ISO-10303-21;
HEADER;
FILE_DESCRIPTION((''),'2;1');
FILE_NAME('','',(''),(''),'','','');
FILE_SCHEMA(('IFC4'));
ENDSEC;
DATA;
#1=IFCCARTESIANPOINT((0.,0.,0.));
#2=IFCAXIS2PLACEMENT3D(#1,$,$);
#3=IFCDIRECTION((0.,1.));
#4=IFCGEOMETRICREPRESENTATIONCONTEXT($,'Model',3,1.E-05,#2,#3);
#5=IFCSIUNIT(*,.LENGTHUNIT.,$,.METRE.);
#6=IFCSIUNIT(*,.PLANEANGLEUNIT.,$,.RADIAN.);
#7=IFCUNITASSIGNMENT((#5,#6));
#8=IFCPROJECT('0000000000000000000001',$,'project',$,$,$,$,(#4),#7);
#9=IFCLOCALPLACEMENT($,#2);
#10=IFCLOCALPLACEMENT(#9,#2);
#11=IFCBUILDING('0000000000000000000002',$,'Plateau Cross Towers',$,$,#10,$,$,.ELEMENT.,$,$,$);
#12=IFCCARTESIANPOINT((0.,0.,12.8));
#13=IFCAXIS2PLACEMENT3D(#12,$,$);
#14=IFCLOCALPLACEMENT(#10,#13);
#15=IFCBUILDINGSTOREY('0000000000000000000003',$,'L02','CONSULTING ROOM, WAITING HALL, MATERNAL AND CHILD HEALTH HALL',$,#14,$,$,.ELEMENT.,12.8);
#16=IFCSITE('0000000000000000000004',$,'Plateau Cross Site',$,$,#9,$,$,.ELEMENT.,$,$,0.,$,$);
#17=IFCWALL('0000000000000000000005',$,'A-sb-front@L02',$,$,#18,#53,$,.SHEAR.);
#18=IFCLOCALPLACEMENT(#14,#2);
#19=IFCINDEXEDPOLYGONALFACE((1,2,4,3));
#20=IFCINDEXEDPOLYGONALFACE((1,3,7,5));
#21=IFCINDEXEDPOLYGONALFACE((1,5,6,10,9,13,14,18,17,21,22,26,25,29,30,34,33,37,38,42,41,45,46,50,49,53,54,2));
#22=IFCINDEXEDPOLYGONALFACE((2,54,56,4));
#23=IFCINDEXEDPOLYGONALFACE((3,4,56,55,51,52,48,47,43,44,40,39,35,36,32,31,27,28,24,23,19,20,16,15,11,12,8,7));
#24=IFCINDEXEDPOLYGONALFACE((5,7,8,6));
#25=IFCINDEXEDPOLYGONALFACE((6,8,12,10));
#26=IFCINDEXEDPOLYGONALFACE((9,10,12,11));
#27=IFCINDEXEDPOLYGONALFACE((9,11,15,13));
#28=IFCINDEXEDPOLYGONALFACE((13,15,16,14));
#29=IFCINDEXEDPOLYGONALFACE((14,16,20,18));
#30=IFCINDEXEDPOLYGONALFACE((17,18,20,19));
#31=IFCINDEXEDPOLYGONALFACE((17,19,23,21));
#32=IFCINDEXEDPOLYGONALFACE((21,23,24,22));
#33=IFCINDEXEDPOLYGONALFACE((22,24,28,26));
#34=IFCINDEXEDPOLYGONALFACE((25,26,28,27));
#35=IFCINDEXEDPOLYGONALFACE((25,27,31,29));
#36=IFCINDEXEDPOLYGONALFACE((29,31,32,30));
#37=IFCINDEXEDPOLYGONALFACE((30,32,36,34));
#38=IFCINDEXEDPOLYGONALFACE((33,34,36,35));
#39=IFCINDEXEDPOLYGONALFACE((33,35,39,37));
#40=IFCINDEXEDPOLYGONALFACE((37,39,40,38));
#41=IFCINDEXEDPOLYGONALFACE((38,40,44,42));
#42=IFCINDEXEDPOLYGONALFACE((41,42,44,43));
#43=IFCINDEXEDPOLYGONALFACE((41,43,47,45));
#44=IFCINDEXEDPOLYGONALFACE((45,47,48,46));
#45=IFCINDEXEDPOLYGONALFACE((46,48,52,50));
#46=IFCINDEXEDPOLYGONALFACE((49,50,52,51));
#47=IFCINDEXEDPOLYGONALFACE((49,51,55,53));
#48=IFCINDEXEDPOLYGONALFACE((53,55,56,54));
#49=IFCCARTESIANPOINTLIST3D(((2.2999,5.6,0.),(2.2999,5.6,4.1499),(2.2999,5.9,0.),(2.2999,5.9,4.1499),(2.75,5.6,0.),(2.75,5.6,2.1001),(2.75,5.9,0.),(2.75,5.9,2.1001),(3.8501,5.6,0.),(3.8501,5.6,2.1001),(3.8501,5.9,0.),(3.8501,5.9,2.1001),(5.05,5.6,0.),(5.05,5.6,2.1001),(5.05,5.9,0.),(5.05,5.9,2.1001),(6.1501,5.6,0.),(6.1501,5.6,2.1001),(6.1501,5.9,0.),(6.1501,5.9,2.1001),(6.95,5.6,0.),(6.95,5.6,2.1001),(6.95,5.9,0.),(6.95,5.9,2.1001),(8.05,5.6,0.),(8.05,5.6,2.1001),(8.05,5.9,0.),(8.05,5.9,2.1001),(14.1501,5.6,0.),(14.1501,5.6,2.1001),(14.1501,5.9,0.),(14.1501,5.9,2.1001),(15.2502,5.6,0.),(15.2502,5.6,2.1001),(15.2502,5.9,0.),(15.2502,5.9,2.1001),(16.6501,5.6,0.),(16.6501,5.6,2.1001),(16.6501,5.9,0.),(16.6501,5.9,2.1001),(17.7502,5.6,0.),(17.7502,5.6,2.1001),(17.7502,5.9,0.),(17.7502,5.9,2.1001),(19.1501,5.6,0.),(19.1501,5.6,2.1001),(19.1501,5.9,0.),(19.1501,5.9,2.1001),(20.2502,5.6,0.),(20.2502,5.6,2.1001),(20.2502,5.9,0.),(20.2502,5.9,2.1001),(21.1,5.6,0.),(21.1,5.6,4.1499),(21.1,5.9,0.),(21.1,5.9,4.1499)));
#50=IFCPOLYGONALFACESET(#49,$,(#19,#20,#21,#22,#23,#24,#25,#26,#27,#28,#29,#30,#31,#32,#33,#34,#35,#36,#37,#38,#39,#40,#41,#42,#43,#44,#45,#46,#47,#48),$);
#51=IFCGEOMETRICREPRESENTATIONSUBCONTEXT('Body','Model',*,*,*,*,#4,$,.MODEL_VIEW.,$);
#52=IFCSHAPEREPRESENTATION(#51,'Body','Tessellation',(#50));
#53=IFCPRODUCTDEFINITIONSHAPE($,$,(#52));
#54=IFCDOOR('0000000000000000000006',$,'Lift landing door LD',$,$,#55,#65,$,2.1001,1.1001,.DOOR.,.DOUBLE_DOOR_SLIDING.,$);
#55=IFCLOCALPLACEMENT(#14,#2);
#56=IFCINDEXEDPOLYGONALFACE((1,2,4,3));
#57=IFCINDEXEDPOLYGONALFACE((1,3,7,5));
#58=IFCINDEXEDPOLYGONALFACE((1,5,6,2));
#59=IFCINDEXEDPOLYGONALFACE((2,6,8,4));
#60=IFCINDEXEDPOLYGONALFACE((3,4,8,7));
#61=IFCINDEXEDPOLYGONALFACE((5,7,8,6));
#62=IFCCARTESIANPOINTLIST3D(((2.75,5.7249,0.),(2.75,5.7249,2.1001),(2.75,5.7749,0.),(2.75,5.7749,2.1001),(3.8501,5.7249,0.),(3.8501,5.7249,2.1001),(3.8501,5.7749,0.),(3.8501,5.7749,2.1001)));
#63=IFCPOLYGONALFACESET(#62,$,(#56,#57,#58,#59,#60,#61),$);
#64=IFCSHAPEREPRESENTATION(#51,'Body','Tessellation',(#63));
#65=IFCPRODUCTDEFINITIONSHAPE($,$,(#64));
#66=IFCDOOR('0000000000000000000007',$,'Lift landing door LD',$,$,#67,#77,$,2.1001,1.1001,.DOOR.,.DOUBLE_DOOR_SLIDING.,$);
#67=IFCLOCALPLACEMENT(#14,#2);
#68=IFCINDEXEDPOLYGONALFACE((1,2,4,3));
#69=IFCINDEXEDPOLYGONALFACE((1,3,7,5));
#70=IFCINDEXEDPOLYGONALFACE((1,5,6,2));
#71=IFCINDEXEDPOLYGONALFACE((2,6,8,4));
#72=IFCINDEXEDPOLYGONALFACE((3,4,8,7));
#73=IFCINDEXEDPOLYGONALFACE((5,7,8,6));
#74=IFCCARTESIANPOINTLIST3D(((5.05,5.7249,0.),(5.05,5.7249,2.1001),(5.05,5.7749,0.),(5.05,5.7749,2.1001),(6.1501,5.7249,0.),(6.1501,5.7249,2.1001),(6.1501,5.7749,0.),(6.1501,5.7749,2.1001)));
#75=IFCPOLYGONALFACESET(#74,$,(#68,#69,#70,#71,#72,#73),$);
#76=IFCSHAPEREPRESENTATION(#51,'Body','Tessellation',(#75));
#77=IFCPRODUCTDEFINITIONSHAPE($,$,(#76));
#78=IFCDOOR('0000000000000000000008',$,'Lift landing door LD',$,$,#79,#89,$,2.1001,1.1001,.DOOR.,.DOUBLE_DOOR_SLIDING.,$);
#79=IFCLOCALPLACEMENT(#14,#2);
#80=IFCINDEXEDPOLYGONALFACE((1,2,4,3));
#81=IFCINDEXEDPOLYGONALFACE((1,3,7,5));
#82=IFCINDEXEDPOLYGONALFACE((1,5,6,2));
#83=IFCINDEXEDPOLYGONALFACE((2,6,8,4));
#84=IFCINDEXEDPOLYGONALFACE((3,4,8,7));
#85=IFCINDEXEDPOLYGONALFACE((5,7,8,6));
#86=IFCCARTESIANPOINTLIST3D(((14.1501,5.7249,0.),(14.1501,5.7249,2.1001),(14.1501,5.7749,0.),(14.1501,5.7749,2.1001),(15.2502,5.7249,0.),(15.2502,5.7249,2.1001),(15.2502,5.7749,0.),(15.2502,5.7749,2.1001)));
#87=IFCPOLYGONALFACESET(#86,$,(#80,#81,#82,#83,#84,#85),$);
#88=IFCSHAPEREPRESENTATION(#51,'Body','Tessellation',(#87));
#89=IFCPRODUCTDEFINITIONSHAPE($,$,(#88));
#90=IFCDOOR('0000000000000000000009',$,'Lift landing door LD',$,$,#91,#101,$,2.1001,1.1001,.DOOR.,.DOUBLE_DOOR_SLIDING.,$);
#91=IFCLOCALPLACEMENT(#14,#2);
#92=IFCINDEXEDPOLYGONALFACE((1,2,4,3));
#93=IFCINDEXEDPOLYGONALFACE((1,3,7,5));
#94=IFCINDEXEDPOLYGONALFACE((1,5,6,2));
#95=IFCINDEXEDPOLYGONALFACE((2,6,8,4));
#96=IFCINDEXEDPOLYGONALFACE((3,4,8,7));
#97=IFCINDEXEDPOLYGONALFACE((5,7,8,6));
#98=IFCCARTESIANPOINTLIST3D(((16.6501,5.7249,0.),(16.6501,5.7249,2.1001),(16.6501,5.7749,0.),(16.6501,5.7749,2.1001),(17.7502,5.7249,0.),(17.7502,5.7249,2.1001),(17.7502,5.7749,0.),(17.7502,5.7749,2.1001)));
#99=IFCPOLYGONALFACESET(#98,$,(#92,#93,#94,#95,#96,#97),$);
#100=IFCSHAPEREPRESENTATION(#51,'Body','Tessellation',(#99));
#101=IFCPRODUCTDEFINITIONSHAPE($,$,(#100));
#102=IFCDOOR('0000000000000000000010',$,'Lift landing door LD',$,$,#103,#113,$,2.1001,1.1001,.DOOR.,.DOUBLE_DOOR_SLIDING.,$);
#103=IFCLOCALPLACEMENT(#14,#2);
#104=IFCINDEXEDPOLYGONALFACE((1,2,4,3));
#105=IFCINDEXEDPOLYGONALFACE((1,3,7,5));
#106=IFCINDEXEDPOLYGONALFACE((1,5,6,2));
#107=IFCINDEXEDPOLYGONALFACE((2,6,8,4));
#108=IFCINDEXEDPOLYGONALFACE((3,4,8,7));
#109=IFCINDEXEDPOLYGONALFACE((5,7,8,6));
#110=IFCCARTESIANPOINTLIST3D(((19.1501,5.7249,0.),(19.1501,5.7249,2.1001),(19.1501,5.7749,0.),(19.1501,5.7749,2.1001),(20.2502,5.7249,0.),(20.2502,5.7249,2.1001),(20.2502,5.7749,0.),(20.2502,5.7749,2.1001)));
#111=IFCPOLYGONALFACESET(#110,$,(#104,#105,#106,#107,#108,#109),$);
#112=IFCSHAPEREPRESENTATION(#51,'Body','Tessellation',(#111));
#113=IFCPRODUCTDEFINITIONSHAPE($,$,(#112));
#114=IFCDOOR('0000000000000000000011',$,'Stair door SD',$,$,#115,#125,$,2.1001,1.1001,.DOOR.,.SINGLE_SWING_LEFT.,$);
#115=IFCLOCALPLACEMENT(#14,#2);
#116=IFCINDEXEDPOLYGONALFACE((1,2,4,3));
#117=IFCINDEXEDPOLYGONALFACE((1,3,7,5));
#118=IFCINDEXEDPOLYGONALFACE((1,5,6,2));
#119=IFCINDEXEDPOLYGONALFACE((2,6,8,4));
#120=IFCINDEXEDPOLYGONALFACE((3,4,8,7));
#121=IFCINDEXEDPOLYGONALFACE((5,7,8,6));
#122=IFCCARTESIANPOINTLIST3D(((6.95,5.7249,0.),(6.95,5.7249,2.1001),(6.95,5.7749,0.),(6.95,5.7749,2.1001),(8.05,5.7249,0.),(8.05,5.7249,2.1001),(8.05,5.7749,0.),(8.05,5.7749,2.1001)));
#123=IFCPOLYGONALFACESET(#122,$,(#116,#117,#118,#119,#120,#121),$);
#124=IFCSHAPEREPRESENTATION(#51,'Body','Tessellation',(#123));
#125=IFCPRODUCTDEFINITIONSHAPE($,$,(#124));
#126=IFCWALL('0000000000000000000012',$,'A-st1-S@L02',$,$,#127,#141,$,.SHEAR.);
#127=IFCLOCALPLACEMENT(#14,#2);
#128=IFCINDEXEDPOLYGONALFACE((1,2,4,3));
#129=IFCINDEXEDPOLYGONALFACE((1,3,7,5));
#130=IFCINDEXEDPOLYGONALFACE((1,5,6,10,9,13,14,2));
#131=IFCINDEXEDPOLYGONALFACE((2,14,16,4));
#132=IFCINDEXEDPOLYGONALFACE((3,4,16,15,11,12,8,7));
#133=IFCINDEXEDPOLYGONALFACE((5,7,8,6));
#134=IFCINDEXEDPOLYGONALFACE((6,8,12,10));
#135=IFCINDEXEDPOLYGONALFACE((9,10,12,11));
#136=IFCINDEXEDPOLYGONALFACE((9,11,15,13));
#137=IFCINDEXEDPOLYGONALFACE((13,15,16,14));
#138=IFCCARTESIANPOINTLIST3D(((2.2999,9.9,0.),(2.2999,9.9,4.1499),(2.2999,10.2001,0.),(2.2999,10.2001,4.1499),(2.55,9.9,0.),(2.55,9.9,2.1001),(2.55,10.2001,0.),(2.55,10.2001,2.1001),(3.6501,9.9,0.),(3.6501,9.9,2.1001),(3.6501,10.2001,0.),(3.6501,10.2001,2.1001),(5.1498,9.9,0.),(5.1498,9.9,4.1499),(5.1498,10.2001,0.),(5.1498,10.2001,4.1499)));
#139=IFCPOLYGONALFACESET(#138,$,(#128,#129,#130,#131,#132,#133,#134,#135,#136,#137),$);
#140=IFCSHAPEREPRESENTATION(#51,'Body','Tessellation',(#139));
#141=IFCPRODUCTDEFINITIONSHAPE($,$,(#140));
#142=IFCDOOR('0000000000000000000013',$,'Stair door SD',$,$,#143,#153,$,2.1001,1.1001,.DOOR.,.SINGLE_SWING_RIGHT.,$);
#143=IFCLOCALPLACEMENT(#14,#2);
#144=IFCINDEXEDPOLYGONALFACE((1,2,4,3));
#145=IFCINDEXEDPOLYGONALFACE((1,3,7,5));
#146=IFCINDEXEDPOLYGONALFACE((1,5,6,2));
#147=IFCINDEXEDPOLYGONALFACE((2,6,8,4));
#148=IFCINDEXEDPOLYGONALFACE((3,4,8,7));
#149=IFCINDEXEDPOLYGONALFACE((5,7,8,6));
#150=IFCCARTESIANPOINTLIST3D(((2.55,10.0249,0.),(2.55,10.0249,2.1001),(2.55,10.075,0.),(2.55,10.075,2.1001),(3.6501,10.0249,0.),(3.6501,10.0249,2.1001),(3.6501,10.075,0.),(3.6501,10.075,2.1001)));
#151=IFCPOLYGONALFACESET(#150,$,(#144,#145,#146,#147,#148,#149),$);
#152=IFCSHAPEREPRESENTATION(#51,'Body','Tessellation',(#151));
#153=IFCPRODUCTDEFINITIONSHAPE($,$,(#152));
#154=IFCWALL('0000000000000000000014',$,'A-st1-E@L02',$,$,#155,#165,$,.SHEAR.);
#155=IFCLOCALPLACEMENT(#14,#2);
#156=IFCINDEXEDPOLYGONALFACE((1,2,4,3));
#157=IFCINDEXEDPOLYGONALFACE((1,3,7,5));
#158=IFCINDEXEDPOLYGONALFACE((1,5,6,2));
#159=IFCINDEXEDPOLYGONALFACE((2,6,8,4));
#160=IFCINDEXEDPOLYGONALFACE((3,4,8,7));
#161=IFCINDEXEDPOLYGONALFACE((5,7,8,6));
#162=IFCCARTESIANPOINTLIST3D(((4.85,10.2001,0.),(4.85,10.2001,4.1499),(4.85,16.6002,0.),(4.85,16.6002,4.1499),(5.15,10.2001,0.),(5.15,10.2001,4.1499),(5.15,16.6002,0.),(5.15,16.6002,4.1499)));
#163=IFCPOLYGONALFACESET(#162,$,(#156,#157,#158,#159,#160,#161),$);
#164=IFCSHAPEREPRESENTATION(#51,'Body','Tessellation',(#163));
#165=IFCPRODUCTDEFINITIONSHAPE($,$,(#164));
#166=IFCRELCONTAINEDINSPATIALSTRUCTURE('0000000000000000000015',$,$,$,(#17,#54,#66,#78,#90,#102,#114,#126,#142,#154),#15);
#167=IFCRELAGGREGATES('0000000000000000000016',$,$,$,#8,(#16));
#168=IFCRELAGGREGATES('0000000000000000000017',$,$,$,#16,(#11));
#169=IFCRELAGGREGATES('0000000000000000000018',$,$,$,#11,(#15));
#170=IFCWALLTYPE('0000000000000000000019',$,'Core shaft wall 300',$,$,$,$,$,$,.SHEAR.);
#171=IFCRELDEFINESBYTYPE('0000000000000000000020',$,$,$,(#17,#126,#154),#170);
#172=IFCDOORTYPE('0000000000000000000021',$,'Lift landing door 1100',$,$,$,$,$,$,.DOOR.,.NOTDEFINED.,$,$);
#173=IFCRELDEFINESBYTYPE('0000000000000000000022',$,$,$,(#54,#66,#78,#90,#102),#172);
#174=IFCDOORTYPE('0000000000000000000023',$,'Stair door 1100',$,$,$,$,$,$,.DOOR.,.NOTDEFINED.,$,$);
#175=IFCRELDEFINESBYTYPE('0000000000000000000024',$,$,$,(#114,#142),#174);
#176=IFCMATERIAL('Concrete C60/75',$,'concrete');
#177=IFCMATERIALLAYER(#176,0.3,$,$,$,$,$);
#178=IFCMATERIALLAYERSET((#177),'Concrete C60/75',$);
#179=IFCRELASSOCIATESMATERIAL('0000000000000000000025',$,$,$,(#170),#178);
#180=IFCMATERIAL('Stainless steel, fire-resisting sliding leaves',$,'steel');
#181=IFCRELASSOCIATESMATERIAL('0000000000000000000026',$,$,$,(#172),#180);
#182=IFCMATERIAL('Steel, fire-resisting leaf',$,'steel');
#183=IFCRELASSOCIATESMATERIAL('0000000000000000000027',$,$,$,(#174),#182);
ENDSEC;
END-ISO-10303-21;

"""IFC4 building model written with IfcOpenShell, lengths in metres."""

from ifc_helpers import new_model, si_unit, direction, frame, frame_2d, origin, place, context, subcontext, project, spatial, rectangle, extrude, material, layer, layer_set, type_object, element, fill, save


model = new_model("IFC4")

# Units and contexts
model_context = context("Model", 3, precision=1e-05, world=origin(), true_north=direction((0.0, 1.0)))
body_context = subcontext(model_context, "Body", "Model", "MODEL_VIEW")
ifc_project = project(units=[si_unit("LENGTHUNIT", "METRE"), si_unit("PLANEANGLEUNIT", "RADIAN")], contexts=[model_context])

# Site, building, storey
site_placement = place(None, origin())
site = spatial("IfcSite", under=ifc_project, at=site_placement, Name="Plateau Cross Site", CompositionType="ELEMENT", RefElevation=0.0)
building_placement = place(site_placement, origin())
building = spatial("IfcBuilding", under=site, at=building_placement, Name="Plateau Cross Towers", CompositionType="ELEMENT")
storey_placement = place(building_placement, frame((0.0, 0.0, 12.8)))
storey = spatial("IfcBuildingStorey", under=building, at=storey_placement, Name="L02", Description="CONSULTING ROOM, WAITING HALL, MATERNAL AND CHILD HEALTH HALL", CompositionType="ELEMENT", Elevation=12.8)

# Shared definitions
ifc_material_1 = material(Name="Steel, fire-resisting leaf", Category="steel")

# Shared definitions
ifc_material_2 = material(Name="Concrete C60/75", Category="concrete")
ifc_layer_1 = layer(ifc_material_2, 0.3)
ifc_layer_set_1 = layer_set([ifc_layer_1], Name="Concrete C60/75")
wall_type_1 = type_object("IfcWallType", Name="Core shaft wall 300", PredefinedType="SHEAR", material=ifc_layer_set_1)

# Wall, openings, doors
wall_1_placement = place(storey_placement, frame((2.3, 5.75, 0.0), z_axis=(0.0, 0.0, 1.0), x_axis=(1.0, 0.0, 0.0)))
wall_1 = element("IfcWall", 1, at=wall_1_placement, inside=storey, type_object=wall_type_1, Name="A-sb-front@L02", PredefinedType="SHEAR", context=body_context, shape_type="SweptSolid", body=[
    extrude(rectangle(XDim=18.8, YDim=0.3, at=frame_2d((9.3999, 0.0))), origin(), (0.0, 0.0, 1.0), 4.1499),
])
opening_1_placement = place(wall_1_placement, frame((4.6499, 0.0, 0.0)))
opening_1 = element("IfcOpeningElement", 2, at=opening_1_placement, cuts=wall_1, PredefinedType="OPENING", context=body_context, shape_type="SweptSolid", body=[
    extrude(rectangle(XDim=1.1001, YDim=2.1001, at=frame_2d((0.55, 1.05))), frame((0.0, 0.1599, 0.0), z_axis=(0.0, -1.0, 0.0), x_axis=(1.0, 0.0, 0.0)), (0.0, 0.0, 1.0), 0.3201),
])
opening_2_placement = place(wall_1_placement, frame((0.45, 0.0, 0.0)))
opening_2 = element("IfcOpeningElement", 3, at=opening_2_placement, cuts=wall_1, PredefinedType="OPENING", context=body_context, shape_type="SweptSolid", body=[
    extrude(rectangle(XDim=1.1001, YDim=2.1001, at=frame_2d((0.55, 1.05))), frame((0.0, 0.1599, 0.0), z_axis=(0.0, -1.0, 0.0), x_axis=(1.0, 0.0, 0.0)), (0.0, 0.0, 1.0), 0.3201),
])
opening_3_placement = place(wall_1_placement, frame((2.75, 0.0, 0.0)))
opening_3 = element("IfcOpeningElement", 4, at=opening_3_placement, cuts=wall_1, PredefinedType="OPENING", context=body_context, shape_type="SweptSolid", body=[
    extrude(rectangle(XDim=1.1001, YDim=2.1001, at=frame_2d((0.55, 1.05))), frame((0.0, 0.1599, 0.0), z_axis=(0.0, -1.0, 0.0), x_axis=(1.0, 0.0, 0.0)), (0.0, 0.0, 1.0), 0.3201),
])
opening_4_placement = place(wall_1_placement, frame((11.8501, 0.0, 0.0)))
opening_4 = element("IfcOpeningElement", 5, at=opening_4_placement, cuts=wall_1, PredefinedType="OPENING", context=body_context, shape_type="SweptSolid", body=[
    extrude(rectangle(XDim=1.1001, YDim=2.1001, at=frame_2d((0.55, 1.05))), frame((0.0, 0.1599, 0.0), z_axis=(0.0, -1.0, 0.0), x_axis=(1.0, 0.0, 0.0)), (0.0, 0.0, 1.0), 0.3201),
])
opening_5_placement = place(wall_1_placement, frame((14.3501, 0.0, 0.0)))
opening_5 = element("IfcOpeningElement", 6, at=opening_5_placement, cuts=wall_1, PredefinedType="OPENING", context=body_context, shape_type="SweptSolid", body=[
    extrude(rectangle(XDim=1.1001, YDim=2.1001, at=frame_2d((0.55, 1.05))), frame((0.0, 0.1599, 0.0), z_axis=(0.0, -1.0, 0.0), x_axis=(1.0, 0.0, 0.0)), (0.0, 0.0, 1.0), 0.3201),
])
opening_6_placement = place(wall_1_placement, frame((16.8501, 0.0, 0.0)))
opening_6 = element("IfcOpeningElement", 7, at=opening_6_placement, cuts=wall_1, PredefinedType="OPENING", context=body_context, shape_type="SweptSolid", body=[
    extrude(rectangle(XDim=1.1001, YDim=2.1001, at=frame_2d((0.55, 1.05))), frame((0.0, 0.1599, 0.0), z_axis=(0.0, -1.0, 0.0), x_axis=(1.0, 0.0, 0.0)), (0.0, 0.0, 1.0), 0.3201),
])
ifc_material_3 = material(Name="Stainless steel, fire-resisting sliding leaves", Category="steel")
door_type_1 = type_object("IfcDoorType", Name="Lift landing door 1100", OperationType="NOTDEFINED", PredefinedType="DOOR", material=ifc_material_3)
door_1_placement = place(opening_2_placement, origin())
door_1 = element("IfcDoor", 8, at=door_1_placement, inside=storey, type_object=door_type_1, Name="Lift landing door LD", OperationType="DOUBLE_DOOR_SLIDING", OverallHeight=2.1001, OverallWidth=1.1001, PredefinedType="DOOR", context=body_context, shape_type="SweptSolid", body=[
    extrude(rectangle(XDim=1.1001, YDim=2.1001, at=frame_2d((0.55, 1.05))), frame((0.0, 0.0249, 0.0), z_axis=(0.0, -1.0, 0.0), x_axis=(1.0, 0.0, 0.0)), (0.0, 0.0, 1.0), 0.05),
])
fill(opening_2, door_1)
door_2_placement = place(opening_3_placement, origin())
door_2 = element("IfcDoor", 9, at=door_2_placement, inside=storey, type_object=door_type_1, Name="Lift landing door LD", OperationType="DOUBLE_DOOR_SLIDING", OverallHeight=2.1001, OverallWidth=1.1001, PredefinedType="DOOR", context=body_context, shape_type="SweptSolid", body=[
    extrude(rectangle(XDim=1.1001, YDim=2.1001, at=frame_2d((0.55, 1.05))), frame((0.0, 0.0249, 0.0), z_axis=(0.0, -1.0, 0.0), x_axis=(1.0, 0.0, 0.0)), (0.0, 0.0, 1.0), 0.05),
])
fill(opening_3, door_2)
door_3_placement = place(opening_4_placement, origin())
door_3 = element("IfcDoor", 10, at=door_3_placement, inside=storey, type_object=door_type_1, Name="Lift landing door LD", OperationType="DOUBLE_DOOR_SLIDING", OverallHeight=2.1001, OverallWidth=1.1001, PredefinedType="DOOR", context=body_context, shape_type="SweptSolid", body=[
    extrude(rectangle(XDim=1.1001, YDim=2.1001, at=frame_2d((0.55, 1.05))), frame((0.0, 0.0249, 0.0), z_axis=(0.0, -1.0, 0.0), x_axis=(1.0, 0.0, 0.0)), (0.0, 0.0, 1.0), 0.05),
])
fill(opening_4, door_3)
door_4_placement = place(opening_5_placement, origin())
door_4 = element("IfcDoor", 11, at=door_4_placement, inside=storey, type_object=door_type_1, Name="Lift landing door LD", OperationType="DOUBLE_DOOR_SLIDING", OverallHeight=2.1001, OverallWidth=1.1001, PredefinedType="DOOR", context=body_context, shape_type="SweptSolid", body=[
    extrude(rectangle(XDim=1.1001, YDim=2.1001, at=frame_2d((0.55, 1.05))), frame((0.0, 0.0249, 0.0), z_axis=(0.0, -1.0, 0.0), x_axis=(1.0, 0.0, 0.0)), (0.0, 0.0, 1.0), 0.05),
])
fill(opening_5, door_4)
door_5_placement = place(opening_6_placement, origin())
door_5 = element("IfcDoor", 12, at=door_5_placement, inside=storey, type_object=door_type_1, Name="Lift landing door LD", OperationType="DOUBLE_DOOR_SLIDING", OverallHeight=2.1001, OverallWidth=1.1001, PredefinedType="DOOR", context=body_context, shape_type="SweptSolid", body=[
    extrude(rectangle(XDim=1.1001, YDim=2.1001, at=frame_2d((0.55, 1.05))), frame((0.0, 0.0249, 0.0), z_axis=(0.0, -1.0, 0.0), x_axis=(1.0, 0.0, 0.0)), (0.0, 0.0, 1.0), 0.05),
])
fill(opening_6, door_5)
door_type_2 = type_object("IfcDoorType", Name="Stair door 1100", OperationType="NOTDEFINED", PredefinedType="DOOR", material=ifc_material_1)
door_6_placement = place(opening_1_placement, origin())
door_6 = element("IfcDoor", 13, at=door_6_placement, inside=storey, type_object=door_type_2, Name="Stair door SD", OperationType="SINGLE_SWING_LEFT", OverallHeight=2.1001, OverallWidth=1.1001, PredefinedType="DOOR", context=body_context, shape_type="SweptSolid", body=[
    extrude(rectangle(XDim=1.1001, YDim=2.1001, at=frame_2d((0.55, 1.05))), frame((0.0, 0.0249, 0.0), z_axis=(0.0, -1.0, 0.0), x_axis=(1.0, 0.0, 0.0)), (0.0, 0.0, 1.0), 0.05),
])
fill(opening_1, door_6)

# Wall, opening, door
wall_2_placement = place(storey_placement, frame((2.3, 10.05, 0.0), z_axis=(0.0, 0.0, 1.0), x_axis=(1.0, 0.0, 0.0)))
wall_2 = element("IfcWall", 14, at=wall_2_placement, inside=storey, type_object=wall_type_1, Name="A-st1-S@L02", PredefinedType="SHEAR", context=body_context, shape_type="SweptSolid", body=[
    extrude(rectangle(XDim=2.8499, YDim=0.3, at=frame_2d((1.4248, 0.0))), origin(), (0.0, 0.0, 1.0), 4.1499),
])
opening_7_placement = place(wall_2_placement, frame((0.25, 0.0, 0.0)))
opening_7 = element("IfcOpeningElement", 15, at=opening_7_placement, cuts=wall_2, PredefinedType="OPENING", context=body_context, shape_type="SweptSolid", body=[
    extrude(rectangle(XDim=1.1001, YDim=2.1001, at=frame_2d((0.55, 1.05))), frame((0.0, 0.1599, 0.0), z_axis=(0.0, -1.0, 0.0), x_axis=(1.0, 0.0, 0.0)), (0.0, 0.0, 1.0), 0.3201),
])
door_7_placement = place(opening_7_placement, origin())
door_7 = element("IfcDoor", 16, at=door_7_placement, inside=storey, type_object=door_type_2, Name="Stair door SD", OperationType="SINGLE_SWING_RIGHT", OverallHeight=2.1001, OverallWidth=1.1001, PredefinedType="DOOR", context=body_context, shape_type="SweptSolid", body=[
    extrude(rectangle(XDim=1.1001, YDim=2.1001, at=frame_2d((0.55, 1.05))), frame((0.0, 0.0249, 0.0), z_axis=(0.0, -1.0, 0.0), x_axis=(1.0, 0.0, 0.0)), (0.0, 0.0, 1.0), 0.05),
])
fill(opening_7, door_7)

# Wall
wall_3_placement = place(storey_placement, frame((5.0, 10.2, 0.0), z_axis=(0.0, 0.0, 1.0), x_axis=(0.0, 1.0, 0.0)))
element("IfcWall", 17, at=wall_3_placement, inside=storey, type_object=wall_type_1, Name="A-st1-E@L02", PredefinedType="SHEAR", context=body_context, shape_type="SweptSolid", body=[
    extrude(rectangle(XDim=6.4001, YDim=0.3, at=frame_2d((3.2002, 0.0))), origin(), (0.0, 0.0, 1.0), 4.1499),
])

save(model, "model.ifc")
